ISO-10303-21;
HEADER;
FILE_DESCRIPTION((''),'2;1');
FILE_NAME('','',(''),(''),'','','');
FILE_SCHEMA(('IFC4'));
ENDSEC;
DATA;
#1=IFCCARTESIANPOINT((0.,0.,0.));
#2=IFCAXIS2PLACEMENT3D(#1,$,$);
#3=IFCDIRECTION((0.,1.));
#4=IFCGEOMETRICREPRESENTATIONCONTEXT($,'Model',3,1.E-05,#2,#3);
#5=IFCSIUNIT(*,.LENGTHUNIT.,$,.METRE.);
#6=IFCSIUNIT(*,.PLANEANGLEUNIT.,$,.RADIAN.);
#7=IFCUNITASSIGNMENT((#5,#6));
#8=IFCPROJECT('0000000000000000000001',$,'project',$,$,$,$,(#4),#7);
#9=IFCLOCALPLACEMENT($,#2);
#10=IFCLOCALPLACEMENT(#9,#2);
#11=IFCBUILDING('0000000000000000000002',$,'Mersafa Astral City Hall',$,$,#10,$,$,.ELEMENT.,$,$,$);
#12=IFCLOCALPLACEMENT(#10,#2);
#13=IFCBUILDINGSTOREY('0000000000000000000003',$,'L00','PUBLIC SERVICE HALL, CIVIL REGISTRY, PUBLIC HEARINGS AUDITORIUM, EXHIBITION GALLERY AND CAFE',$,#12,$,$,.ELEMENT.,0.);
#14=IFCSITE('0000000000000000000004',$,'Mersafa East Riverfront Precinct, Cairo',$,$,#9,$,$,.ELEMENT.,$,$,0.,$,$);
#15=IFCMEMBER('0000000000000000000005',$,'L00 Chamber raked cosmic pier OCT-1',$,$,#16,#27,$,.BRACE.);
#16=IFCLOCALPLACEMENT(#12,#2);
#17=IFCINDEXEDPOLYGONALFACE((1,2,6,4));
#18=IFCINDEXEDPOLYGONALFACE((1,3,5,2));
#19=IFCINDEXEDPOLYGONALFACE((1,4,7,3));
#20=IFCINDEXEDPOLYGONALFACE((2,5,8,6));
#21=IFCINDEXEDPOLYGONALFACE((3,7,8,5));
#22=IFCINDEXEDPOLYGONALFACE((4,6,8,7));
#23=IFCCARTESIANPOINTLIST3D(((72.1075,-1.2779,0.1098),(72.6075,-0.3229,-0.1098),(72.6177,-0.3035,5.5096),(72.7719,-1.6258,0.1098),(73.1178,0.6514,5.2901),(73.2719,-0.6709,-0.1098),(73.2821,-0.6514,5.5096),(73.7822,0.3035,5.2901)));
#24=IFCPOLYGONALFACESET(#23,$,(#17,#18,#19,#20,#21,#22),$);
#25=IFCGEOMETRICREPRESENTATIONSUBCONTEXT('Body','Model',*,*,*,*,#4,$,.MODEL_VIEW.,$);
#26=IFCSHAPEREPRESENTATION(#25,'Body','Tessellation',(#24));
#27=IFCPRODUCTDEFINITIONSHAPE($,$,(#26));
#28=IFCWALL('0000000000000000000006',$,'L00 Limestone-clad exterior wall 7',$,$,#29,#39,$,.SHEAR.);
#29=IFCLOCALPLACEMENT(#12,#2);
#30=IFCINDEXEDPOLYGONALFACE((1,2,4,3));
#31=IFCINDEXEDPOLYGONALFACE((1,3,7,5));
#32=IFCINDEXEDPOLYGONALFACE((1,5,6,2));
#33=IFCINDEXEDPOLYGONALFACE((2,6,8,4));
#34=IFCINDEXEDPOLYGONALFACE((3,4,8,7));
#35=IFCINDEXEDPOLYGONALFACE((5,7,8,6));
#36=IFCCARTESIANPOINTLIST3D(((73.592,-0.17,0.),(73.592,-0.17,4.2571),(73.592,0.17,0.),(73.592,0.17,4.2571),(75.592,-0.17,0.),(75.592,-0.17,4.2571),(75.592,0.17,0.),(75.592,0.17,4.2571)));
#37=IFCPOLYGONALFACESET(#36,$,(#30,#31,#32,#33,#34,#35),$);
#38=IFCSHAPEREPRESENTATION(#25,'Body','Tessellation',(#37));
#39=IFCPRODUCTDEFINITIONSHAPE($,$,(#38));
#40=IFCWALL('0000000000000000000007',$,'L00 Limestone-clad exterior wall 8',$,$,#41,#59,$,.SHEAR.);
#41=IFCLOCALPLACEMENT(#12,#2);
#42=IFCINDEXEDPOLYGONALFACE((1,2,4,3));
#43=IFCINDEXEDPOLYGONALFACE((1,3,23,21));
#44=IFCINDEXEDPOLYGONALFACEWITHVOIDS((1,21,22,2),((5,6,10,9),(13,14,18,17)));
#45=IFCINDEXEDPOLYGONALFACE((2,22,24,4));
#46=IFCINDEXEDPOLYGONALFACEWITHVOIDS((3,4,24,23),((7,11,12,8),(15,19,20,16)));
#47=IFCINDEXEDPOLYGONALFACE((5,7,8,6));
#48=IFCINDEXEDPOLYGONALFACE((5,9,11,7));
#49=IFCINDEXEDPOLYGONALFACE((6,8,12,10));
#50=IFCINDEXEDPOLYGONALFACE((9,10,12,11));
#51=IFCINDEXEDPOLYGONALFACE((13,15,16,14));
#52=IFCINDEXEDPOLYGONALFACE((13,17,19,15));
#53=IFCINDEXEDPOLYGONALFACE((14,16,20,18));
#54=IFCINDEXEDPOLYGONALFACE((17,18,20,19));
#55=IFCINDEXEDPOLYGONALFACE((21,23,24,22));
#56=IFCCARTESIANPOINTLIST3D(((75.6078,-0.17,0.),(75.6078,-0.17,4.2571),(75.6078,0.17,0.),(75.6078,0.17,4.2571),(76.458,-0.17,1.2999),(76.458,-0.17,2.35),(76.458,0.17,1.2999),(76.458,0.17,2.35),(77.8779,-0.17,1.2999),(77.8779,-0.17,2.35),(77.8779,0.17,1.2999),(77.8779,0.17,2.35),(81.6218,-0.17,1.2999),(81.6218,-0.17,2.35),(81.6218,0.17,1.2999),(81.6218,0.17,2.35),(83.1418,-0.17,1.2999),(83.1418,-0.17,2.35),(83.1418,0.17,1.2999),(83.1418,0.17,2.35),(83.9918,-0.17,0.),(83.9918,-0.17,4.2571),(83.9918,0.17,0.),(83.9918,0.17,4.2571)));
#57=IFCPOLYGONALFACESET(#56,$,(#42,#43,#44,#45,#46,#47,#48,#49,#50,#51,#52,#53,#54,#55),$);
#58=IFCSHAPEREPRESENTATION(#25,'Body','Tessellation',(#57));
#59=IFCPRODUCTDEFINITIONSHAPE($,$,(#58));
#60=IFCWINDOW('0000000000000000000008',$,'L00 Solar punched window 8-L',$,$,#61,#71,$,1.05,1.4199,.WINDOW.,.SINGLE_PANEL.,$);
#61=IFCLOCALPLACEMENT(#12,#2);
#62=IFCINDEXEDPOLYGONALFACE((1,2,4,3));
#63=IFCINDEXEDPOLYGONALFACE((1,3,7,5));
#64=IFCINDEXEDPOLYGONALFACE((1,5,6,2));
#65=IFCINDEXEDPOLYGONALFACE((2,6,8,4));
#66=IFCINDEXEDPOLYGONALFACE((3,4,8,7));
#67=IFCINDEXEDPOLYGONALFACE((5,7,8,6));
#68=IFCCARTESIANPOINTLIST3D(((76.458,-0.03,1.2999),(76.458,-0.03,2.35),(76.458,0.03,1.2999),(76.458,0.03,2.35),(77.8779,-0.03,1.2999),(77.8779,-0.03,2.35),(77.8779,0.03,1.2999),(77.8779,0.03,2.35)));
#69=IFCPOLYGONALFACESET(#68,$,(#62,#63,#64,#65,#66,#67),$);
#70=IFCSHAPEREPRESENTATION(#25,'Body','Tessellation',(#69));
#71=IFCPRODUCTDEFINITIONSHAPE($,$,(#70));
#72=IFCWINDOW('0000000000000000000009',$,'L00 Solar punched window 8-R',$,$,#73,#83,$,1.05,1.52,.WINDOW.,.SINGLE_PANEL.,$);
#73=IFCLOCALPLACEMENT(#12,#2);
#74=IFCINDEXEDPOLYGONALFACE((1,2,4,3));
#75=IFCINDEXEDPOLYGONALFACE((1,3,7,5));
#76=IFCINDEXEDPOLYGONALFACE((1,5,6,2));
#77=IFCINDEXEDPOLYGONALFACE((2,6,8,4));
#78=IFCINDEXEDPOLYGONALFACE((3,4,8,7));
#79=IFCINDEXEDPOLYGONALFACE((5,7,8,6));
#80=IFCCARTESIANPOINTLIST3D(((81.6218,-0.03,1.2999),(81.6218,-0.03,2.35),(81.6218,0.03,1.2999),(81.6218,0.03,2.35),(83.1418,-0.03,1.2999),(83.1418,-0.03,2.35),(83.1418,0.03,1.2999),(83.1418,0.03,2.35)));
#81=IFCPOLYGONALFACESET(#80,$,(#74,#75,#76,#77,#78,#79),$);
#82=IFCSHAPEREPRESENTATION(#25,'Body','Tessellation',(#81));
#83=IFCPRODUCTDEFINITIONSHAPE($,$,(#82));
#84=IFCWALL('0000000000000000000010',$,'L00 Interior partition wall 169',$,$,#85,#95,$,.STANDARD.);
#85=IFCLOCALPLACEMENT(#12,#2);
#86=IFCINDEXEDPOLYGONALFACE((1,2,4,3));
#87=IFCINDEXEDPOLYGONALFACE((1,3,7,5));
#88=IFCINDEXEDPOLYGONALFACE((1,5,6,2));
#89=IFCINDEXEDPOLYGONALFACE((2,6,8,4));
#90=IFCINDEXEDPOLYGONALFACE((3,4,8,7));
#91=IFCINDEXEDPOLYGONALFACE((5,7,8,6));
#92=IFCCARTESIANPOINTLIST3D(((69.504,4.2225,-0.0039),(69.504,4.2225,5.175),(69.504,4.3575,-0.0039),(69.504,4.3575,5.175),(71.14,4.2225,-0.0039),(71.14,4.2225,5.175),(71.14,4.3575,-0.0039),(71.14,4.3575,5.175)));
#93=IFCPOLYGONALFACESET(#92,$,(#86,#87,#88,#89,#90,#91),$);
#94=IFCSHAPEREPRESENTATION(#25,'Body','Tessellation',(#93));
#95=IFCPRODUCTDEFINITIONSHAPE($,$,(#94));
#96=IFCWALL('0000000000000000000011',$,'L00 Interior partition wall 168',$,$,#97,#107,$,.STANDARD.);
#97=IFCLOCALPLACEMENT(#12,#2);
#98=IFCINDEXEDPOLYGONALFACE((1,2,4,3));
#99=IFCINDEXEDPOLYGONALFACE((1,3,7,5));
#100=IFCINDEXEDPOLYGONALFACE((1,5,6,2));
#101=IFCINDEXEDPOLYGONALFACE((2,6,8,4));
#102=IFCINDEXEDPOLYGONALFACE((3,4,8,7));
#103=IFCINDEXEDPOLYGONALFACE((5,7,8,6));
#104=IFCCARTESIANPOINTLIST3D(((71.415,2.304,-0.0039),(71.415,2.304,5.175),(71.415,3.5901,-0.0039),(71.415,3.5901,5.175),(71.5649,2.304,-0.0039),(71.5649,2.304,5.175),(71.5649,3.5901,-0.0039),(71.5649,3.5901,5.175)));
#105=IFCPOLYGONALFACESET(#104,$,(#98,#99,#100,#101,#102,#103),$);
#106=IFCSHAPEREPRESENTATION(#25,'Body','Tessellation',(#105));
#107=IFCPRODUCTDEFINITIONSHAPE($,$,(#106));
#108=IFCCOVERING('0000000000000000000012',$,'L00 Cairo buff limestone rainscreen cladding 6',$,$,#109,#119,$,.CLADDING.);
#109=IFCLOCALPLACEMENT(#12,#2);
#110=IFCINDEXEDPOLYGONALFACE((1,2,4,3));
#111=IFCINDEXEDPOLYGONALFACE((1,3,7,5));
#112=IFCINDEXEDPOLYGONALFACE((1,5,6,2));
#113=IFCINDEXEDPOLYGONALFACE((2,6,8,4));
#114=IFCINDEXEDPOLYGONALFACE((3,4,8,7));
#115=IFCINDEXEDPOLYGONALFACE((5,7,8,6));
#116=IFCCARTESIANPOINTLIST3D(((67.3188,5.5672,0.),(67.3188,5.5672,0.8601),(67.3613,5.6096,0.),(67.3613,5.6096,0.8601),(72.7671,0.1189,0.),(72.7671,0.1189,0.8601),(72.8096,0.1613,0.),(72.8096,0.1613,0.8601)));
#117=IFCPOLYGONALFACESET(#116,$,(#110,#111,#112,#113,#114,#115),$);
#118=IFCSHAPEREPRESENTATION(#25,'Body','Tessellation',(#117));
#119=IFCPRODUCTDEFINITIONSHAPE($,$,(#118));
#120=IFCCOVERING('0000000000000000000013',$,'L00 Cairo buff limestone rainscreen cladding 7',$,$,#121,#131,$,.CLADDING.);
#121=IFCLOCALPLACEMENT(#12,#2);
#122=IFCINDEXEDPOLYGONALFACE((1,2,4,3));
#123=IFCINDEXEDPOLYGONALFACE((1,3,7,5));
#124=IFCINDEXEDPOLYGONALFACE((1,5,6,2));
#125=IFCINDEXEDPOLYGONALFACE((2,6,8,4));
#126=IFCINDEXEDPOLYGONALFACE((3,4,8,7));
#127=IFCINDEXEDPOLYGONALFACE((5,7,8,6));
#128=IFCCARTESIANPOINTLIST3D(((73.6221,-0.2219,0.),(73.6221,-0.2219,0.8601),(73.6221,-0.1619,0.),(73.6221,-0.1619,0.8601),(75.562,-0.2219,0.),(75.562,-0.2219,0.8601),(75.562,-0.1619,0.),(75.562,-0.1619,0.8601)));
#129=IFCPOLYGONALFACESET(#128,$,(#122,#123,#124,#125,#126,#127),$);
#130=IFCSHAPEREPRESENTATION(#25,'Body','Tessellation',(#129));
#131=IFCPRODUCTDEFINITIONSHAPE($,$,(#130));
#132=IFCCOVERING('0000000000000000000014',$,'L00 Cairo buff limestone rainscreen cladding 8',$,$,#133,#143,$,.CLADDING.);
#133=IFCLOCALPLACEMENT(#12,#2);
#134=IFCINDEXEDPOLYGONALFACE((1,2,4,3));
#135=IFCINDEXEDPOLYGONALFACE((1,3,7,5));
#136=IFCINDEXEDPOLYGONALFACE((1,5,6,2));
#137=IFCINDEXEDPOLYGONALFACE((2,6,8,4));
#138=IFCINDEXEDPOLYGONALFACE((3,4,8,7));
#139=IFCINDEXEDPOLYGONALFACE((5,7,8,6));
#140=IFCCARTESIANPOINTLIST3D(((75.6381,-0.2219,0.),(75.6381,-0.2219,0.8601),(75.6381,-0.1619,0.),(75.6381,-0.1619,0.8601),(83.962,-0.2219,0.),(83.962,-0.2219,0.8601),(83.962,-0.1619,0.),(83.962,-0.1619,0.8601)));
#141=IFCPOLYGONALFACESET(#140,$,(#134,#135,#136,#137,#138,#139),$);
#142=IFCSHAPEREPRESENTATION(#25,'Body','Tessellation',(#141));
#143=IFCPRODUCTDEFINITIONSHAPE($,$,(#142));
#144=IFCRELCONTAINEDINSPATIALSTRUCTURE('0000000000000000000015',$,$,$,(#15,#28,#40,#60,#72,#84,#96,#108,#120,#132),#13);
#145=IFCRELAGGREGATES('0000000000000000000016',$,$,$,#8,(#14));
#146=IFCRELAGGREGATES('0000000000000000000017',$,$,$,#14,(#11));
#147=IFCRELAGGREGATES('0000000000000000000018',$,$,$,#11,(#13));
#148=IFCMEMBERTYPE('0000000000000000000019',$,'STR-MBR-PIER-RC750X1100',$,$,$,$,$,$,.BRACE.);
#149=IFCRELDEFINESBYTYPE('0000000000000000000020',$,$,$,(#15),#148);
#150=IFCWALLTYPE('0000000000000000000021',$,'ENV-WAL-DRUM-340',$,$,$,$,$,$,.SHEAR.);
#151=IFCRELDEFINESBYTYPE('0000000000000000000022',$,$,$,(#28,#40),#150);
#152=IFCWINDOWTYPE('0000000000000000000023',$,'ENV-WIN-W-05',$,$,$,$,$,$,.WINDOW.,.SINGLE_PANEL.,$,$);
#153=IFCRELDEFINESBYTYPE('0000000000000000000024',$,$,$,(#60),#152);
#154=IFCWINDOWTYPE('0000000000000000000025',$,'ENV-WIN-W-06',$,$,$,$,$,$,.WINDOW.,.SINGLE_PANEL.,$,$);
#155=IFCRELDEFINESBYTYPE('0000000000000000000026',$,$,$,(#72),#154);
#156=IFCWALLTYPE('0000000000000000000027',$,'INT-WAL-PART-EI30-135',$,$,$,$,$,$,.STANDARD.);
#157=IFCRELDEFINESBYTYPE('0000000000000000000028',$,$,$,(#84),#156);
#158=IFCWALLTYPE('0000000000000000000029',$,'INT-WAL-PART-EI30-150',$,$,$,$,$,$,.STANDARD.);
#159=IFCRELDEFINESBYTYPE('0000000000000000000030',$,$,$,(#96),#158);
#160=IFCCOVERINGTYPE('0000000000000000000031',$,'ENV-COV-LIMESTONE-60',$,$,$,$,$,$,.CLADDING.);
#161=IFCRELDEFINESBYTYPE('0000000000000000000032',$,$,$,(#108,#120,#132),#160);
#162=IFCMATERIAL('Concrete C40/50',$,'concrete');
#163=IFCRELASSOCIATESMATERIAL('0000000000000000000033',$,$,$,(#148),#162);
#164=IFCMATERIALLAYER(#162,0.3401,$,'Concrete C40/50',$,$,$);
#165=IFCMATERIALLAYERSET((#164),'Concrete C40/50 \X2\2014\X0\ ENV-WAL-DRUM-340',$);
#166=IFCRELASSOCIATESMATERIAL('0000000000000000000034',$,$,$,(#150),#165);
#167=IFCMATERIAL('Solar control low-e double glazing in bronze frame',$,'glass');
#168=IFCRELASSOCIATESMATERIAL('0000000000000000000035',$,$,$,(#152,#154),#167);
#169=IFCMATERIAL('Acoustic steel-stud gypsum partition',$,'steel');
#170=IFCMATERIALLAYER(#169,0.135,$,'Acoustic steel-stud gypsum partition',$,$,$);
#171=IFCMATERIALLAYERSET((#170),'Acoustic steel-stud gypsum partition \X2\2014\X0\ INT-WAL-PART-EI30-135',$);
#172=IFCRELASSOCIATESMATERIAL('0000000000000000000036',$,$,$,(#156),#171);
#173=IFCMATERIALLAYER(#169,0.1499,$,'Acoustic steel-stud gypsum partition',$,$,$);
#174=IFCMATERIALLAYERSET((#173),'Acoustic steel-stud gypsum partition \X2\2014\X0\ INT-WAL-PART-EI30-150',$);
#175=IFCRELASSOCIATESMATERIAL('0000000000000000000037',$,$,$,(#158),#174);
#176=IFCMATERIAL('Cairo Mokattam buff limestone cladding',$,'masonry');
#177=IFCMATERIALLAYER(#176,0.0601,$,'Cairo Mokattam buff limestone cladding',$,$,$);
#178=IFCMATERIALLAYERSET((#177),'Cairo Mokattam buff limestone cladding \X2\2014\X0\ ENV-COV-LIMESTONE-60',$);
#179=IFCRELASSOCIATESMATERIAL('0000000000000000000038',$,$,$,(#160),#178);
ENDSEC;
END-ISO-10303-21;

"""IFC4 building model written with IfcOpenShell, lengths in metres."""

from ifc_helpers import new_model, si_unit, direction, frame, frame_2d, origin, origin_2d, place, context, subcontext, project, spatial, rectangle, extrude, material, layer, layer_set, material_profile, profile_set, type_object, element, fill, save


model = new_model("IFC4")

# Units and contexts
model_context = context("Model", 3, precision=1e-05, world=origin(), true_north=direction((0.0, 1.0)))
body_context = subcontext(model_context, "Body", "Model", "MODEL_VIEW")
ifc_project = project(units=[si_unit("LENGTHUNIT", "METRE"), si_unit("PLANEANGLEUNIT", "RADIAN")], contexts=[model_context])

# Site, building, storey
site_placement = place(None, origin())
site = spatial("IfcSite", under=ifc_project, at=site_placement, Name="Mersafa East Riverfront Precinct, Cairo", CompositionType="ELEMENT", RefElevation=0.0)
building_placement = place(site_placement, origin())
building = spatial("IfcBuilding", under=site, at=building_placement, Name="Mersafa Astral City Hall", CompositionType="ELEMENT")
storey_placement = place(building_placement, origin())
storey = spatial("IfcBuildingStorey", under=building, at=storey_placement, Name="L00", Description="PUBLIC SERVICE HALL, CIVIL REGISTRY, PUBLIC HEARINGS AUDITORIUM, EXHIBITION GALLERY AND CAFE", CompositionType="ELEMENT", Elevation=0.0)

# Shared definitions
ifc_material_1 = material(Name="Concrete C40/50", Category="concrete")

# Member
ifc_material_profile_1 = material_profile(ifc_material_1, rectangle(XDim=0.75, YDim=1.1001, at=origin_2d()), Name="RC 750x1100")
ifc_profile_set_1 = profile_set([ifc_material_profile_1], Name="Concrete C40/50")
member_type = type_object("IfcMemberType", Name="STR-MBR-PIER-RC750X1100", PredefinedType="BRACE", material=ifc_profile_set_1)
member_placement = place(storey_placement, frame((72.6897, -0.9744, 0.0), z_axis=(0.092592, 0.176811, 0.97988), x_axis=(-0.885879, 0.463916, 0.0)))
element("IfcMember", 1, at=member_placement, inside=storey, type_object=member_type, Name="L00 Chamber raked cosmic pier OCT-1", PredefinedType="BRACE", context=body_context, shape_type="SweptSolid", body=[
    extrude(rectangle(XDim=0.75, YDim=1.1001, at=origin_2d()), origin(), (0.0, 0.0, 1.0), 5.5107),
])

# Wall
ifc_layer_1 = layer(ifc_material_1, 0.3401, Name="Concrete C40/50")
ifc_layer_set_1 = layer_set([ifc_layer_1], Name="Concrete C40/50 — ENV-WAL-DRUM-340")
wall_type_1 = type_object("IfcWallType", Name="ENV-WAL-DRUM-340", PredefinedType="SHEAR", material=ifc_layer_set_1)
wall_1_placement = place(storey_placement, frame((73.592, 0.0, 0.0), z_axis=(0.0, 0.0, 1.0), x_axis=(1.0, 0.0, 0.0)))
element("IfcWall", 2, at=wall_1_placement, inside=storey, type_object=wall_type_1, Name="L00 Limestone-clad exterior wall 7", PredefinedType="SHEAR", context=body_context, shape_type="SweptSolid", body=[
    extrude(rectangle(XDim=2.0, YDim=0.3401, at=frame_2d((1.0, 0.0))), origin(), (0.0, 0.0, 1.0), 4.2571),
])

# Wall, openings, windows
wall_2_placement = place(storey_placement, frame((75.6079, 0.0, 0.0), z_axis=(0.0, 0.0, 1.0), x_axis=(1.0, 0.0, 0.0)))
wall_2 = element("IfcWall", 3, at=wall_2_placement, inside=storey, type_object=wall_type_1, Name="L00 Limestone-clad exterior wall 8", PredefinedType="SHEAR", context=body_context, shape_type="SweptSolid", body=[
    extrude(rectangle(XDim=8.384, YDim=0.3401, at=frame_2d((4.1919, 0.0))), origin(), (0.0, 0.0, 1.0), 4.2571),
])
opening_1_placement = place(wall_2_placement, frame((0.8501, 0.0, 1.3)))
opening_1 = element("IfcOpeningElement", 4, at=opening_1_placement, cuts=wall_2, PredefinedType="OPENING", context=body_context, shape_type="SweptSolid", body=[
    extrude(rectangle(XDim=1.4199, YDim=1.05, at=frame_2d((0.71, 0.5249))), frame((0.0, 0.1799, 0.0), z_axis=(0.0, -1.0, 0.0), x_axis=(1.0, 0.0, 0.0)), (0.0, 0.0, 1.0), 0.3601),
])
opening_2_placement = place(wall_2_placement, frame((6.0139, 0.0, 1.3)))
opening_2 = element("IfcOpeningElement", 5, at=opening_2_placement, cuts=wall_2, PredefinedType="OPENING", context=body_context, shape_type="SweptSolid", body=[
    extrude(rectangle(XDim=1.52, YDim=1.05, at=frame_2d((0.76, 0.5249))), frame((0.0, 0.1799, 0.0), z_axis=(0.0, -1.0, 0.0), x_axis=(1.0, 0.0, 0.0)), (0.0, 0.0, 1.0), 0.3601),
])
ifc_material_2 = material(Name="Solar control low-e double glazing in bronze frame", Category="glass")
window_type_1 = type_object("IfcWindowType", Name="ENV-WIN-W-05", PartitioningType="SINGLE_PANEL", PredefinedType="WINDOW", material=ifc_material_2)
window_1_placement = place(opening_1_placement, origin())
window_1 = element("IfcWindow", 6, at=window_1_placement, inside=storey, type_object=window_type_1, Name="L00 Solar punched window 8-L", OverallHeight=1.05, OverallWidth=1.4199, PartitioningType="SINGLE_PANEL", PredefinedType="WINDOW", context=body_context, shape_type="SweptSolid", body=[
    extrude(rectangle(XDim=1.4199, YDim=1.05, at=frame_2d((0.71, 0.5249))), frame((0.0, 0.03, 0.0), z_axis=(0.0, -1.0, 0.0), x_axis=(1.0, 0.0, 0.0)), (0.0, 0.0, 1.0), 0.0601),
])
fill(opening_1, window_1)
window_type_2 = type_object("IfcWindowType", Name="ENV-WIN-W-06", PartitioningType="SINGLE_PANEL", PredefinedType="WINDOW", material=ifc_material_2)
window_2_placement = place(opening_2_placement, origin())
window_2 = element("IfcWindow", 7, at=window_2_placement, inside=storey, type_object=window_type_2, Name="L00 Solar punched window 8-R", OverallHeight=1.05, OverallWidth=1.52, PartitioningType="SINGLE_PANEL", PredefinedType="WINDOW", context=body_context, shape_type="SweptSolid", body=[
    extrude(rectangle(XDim=1.52, YDim=1.05, at=frame_2d((0.76, 0.5249))), frame((0.0, 0.03, 0.0), z_axis=(0.0, -1.0, 0.0), x_axis=(1.0, 0.0, 0.0)), (0.0, 0.0, 1.0), 0.0601),
])
fill(opening_2, window_2)

# Walls
ifc_material_3 = material(Name="Acoustic steel-stud gypsum partition", Category="steel")
ifc_layer_2 = layer(ifc_material_3, 0.135, Name="Acoustic steel-stud gypsum partition")
ifc_layer_set_2 = layer_set([ifc_layer_2], Name="Acoustic steel-stud gypsum partition — INT-WAL-PART-EI30-135")
wall_type_2 = type_object("IfcWallType", Name="INT-WAL-PART-EI30-135", PredefinedType="STANDARD", material=ifc_layer_set_2)
wall_3_placement = place(storey_placement, frame((71.1399, 4.29, -0.0039), z_axis=(0.0, 0.0, 1.0), x_axis=(-1.0, 0.0, 0.0)))
element("IfcWall", 8, at=wall_3_placement, inside=storey, type_object=wall_type_2, Name="L00 Interior partition wall 169", PredefinedType="STANDARD", context=body_context, shape_type="SweptSolid", body=[
    extrude(rectangle(XDim=1.636, YDim=0.135, at=frame_2d((0.8179, 0.0))), origin(), (0.0, 0.0, 1.0), 5.179),
])
ifc_layer_3 = layer(ifc_material_3, 0.1499, Name="Acoustic steel-stud gypsum partition")
ifc_layer_set_3 = layer_set([ifc_layer_3], Name="Acoustic steel-stud gypsum partition — INT-WAL-PART-EI30-150")
wall_type_3 = type_object("IfcWallType", Name="INT-WAL-PART-EI30-150", PredefinedType="STANDARD", material=ifc_layer_set_3)
wall_4_placement = place(storey_placement, frame((71.49, 2.304, -0.0039), z_axis=(0.0, 0.0, 1.0), x_axis=(0.0, 1.0, 0.0)))
element("IfcWall", 9, at=wall_4_placement, inside=storey, type_object=wall_type_3, Name="L00 Interior partition wall 168", PredefinedType="STANDARD", context=body_context, shape_type="SweptSolid", body=[
    extrude(rectangle(XDim=1.2861, YDim=0.1499, at=frame_2d((0.6431, 0.0))), origin(), (0.0, 0.0, 1.0), 5.179),
])

# Coverings
ifc_material_4 = material(Name="Cairo Mokattam buff limestone cladding", Category="masonry")
ifc_layer_4 = layer(ifc_material_4, 0.0601, Name="Cairo Mokattam buff limestone cladding")
ifc_layer_set_4 = layer_set([ifc_layer_4], Name="Cairo Mokattam buff limestone cladding — ENV-COV-LIMESTONE-60")
covering_type = type_object("IfcCoveringType", Name="ENV-COV-LIMESTONE-60", PredefinedType="CLADDING", material=ifc_layer_set_4)
covering_1_placement = place(storey_placement, frame((70.0642, 2.8643, 0.0), z_axis=(0.0, 0.0, 1.0), x_axis=(0.707107, -0.707107, 0.0)))
element("IfcCovering", 10, at=covering_1_placement, inside=storey, type_object=covering_type, Name="L00 Cairo buff limestone rainscreen cladding 6", PredefinedType="CLADDING", context=body_context, shape_type="SweptSolid", body=[
    extrude(rectangle(XDim=7.7051, YDim=0.0601, at=origin_2d()), origin(), (0.0, 0.0, 1.0), 0.8601),
])
covering_2_placement = place(storey_placement, frame((74.592, -0.1919, 0.0), z_axis=(0.0, 0.0, 1.0), x_axis=(1.0, 0.0, 0.0)))
element("IfcCovering", 11, at=covering_2_placement, inside=storey, type_object=covering_type, Name="L00 Cairo buff limestone rainscreen cladding 7", PredefinedType="CLADDING", context=body_context, shape_type="SweptSolid", body=[
    extrude(rectangle(XDim=1.9399, YDim=0.0601, at=origin_2d()), origin(), (0.0, 0.0, 1.0), 0.8601),
])
covering_3_placement = place(storey_placement, frame((79.8, -0.1919, 0.0), z_axis=(0.0, 0.0, 1.0), x_axis=(1.0, 0.0, 0.0)))
element("IfcCovering", 12, at=covering_3_placement, inside=storey, type_object=covering_type, Name="L00 Cairo buff limestone rainscreen cladding 8", PredefinedType="CLADDING", context=body_context, shape_type="SweptSolid", body=[
    extrude(rectangle(XDim=8.324, YDim=0.0601, at=origin_2d()), origin(), (0.0, 0.0, 1.0), 0.8601),
])

save(model, "model.ifc")
